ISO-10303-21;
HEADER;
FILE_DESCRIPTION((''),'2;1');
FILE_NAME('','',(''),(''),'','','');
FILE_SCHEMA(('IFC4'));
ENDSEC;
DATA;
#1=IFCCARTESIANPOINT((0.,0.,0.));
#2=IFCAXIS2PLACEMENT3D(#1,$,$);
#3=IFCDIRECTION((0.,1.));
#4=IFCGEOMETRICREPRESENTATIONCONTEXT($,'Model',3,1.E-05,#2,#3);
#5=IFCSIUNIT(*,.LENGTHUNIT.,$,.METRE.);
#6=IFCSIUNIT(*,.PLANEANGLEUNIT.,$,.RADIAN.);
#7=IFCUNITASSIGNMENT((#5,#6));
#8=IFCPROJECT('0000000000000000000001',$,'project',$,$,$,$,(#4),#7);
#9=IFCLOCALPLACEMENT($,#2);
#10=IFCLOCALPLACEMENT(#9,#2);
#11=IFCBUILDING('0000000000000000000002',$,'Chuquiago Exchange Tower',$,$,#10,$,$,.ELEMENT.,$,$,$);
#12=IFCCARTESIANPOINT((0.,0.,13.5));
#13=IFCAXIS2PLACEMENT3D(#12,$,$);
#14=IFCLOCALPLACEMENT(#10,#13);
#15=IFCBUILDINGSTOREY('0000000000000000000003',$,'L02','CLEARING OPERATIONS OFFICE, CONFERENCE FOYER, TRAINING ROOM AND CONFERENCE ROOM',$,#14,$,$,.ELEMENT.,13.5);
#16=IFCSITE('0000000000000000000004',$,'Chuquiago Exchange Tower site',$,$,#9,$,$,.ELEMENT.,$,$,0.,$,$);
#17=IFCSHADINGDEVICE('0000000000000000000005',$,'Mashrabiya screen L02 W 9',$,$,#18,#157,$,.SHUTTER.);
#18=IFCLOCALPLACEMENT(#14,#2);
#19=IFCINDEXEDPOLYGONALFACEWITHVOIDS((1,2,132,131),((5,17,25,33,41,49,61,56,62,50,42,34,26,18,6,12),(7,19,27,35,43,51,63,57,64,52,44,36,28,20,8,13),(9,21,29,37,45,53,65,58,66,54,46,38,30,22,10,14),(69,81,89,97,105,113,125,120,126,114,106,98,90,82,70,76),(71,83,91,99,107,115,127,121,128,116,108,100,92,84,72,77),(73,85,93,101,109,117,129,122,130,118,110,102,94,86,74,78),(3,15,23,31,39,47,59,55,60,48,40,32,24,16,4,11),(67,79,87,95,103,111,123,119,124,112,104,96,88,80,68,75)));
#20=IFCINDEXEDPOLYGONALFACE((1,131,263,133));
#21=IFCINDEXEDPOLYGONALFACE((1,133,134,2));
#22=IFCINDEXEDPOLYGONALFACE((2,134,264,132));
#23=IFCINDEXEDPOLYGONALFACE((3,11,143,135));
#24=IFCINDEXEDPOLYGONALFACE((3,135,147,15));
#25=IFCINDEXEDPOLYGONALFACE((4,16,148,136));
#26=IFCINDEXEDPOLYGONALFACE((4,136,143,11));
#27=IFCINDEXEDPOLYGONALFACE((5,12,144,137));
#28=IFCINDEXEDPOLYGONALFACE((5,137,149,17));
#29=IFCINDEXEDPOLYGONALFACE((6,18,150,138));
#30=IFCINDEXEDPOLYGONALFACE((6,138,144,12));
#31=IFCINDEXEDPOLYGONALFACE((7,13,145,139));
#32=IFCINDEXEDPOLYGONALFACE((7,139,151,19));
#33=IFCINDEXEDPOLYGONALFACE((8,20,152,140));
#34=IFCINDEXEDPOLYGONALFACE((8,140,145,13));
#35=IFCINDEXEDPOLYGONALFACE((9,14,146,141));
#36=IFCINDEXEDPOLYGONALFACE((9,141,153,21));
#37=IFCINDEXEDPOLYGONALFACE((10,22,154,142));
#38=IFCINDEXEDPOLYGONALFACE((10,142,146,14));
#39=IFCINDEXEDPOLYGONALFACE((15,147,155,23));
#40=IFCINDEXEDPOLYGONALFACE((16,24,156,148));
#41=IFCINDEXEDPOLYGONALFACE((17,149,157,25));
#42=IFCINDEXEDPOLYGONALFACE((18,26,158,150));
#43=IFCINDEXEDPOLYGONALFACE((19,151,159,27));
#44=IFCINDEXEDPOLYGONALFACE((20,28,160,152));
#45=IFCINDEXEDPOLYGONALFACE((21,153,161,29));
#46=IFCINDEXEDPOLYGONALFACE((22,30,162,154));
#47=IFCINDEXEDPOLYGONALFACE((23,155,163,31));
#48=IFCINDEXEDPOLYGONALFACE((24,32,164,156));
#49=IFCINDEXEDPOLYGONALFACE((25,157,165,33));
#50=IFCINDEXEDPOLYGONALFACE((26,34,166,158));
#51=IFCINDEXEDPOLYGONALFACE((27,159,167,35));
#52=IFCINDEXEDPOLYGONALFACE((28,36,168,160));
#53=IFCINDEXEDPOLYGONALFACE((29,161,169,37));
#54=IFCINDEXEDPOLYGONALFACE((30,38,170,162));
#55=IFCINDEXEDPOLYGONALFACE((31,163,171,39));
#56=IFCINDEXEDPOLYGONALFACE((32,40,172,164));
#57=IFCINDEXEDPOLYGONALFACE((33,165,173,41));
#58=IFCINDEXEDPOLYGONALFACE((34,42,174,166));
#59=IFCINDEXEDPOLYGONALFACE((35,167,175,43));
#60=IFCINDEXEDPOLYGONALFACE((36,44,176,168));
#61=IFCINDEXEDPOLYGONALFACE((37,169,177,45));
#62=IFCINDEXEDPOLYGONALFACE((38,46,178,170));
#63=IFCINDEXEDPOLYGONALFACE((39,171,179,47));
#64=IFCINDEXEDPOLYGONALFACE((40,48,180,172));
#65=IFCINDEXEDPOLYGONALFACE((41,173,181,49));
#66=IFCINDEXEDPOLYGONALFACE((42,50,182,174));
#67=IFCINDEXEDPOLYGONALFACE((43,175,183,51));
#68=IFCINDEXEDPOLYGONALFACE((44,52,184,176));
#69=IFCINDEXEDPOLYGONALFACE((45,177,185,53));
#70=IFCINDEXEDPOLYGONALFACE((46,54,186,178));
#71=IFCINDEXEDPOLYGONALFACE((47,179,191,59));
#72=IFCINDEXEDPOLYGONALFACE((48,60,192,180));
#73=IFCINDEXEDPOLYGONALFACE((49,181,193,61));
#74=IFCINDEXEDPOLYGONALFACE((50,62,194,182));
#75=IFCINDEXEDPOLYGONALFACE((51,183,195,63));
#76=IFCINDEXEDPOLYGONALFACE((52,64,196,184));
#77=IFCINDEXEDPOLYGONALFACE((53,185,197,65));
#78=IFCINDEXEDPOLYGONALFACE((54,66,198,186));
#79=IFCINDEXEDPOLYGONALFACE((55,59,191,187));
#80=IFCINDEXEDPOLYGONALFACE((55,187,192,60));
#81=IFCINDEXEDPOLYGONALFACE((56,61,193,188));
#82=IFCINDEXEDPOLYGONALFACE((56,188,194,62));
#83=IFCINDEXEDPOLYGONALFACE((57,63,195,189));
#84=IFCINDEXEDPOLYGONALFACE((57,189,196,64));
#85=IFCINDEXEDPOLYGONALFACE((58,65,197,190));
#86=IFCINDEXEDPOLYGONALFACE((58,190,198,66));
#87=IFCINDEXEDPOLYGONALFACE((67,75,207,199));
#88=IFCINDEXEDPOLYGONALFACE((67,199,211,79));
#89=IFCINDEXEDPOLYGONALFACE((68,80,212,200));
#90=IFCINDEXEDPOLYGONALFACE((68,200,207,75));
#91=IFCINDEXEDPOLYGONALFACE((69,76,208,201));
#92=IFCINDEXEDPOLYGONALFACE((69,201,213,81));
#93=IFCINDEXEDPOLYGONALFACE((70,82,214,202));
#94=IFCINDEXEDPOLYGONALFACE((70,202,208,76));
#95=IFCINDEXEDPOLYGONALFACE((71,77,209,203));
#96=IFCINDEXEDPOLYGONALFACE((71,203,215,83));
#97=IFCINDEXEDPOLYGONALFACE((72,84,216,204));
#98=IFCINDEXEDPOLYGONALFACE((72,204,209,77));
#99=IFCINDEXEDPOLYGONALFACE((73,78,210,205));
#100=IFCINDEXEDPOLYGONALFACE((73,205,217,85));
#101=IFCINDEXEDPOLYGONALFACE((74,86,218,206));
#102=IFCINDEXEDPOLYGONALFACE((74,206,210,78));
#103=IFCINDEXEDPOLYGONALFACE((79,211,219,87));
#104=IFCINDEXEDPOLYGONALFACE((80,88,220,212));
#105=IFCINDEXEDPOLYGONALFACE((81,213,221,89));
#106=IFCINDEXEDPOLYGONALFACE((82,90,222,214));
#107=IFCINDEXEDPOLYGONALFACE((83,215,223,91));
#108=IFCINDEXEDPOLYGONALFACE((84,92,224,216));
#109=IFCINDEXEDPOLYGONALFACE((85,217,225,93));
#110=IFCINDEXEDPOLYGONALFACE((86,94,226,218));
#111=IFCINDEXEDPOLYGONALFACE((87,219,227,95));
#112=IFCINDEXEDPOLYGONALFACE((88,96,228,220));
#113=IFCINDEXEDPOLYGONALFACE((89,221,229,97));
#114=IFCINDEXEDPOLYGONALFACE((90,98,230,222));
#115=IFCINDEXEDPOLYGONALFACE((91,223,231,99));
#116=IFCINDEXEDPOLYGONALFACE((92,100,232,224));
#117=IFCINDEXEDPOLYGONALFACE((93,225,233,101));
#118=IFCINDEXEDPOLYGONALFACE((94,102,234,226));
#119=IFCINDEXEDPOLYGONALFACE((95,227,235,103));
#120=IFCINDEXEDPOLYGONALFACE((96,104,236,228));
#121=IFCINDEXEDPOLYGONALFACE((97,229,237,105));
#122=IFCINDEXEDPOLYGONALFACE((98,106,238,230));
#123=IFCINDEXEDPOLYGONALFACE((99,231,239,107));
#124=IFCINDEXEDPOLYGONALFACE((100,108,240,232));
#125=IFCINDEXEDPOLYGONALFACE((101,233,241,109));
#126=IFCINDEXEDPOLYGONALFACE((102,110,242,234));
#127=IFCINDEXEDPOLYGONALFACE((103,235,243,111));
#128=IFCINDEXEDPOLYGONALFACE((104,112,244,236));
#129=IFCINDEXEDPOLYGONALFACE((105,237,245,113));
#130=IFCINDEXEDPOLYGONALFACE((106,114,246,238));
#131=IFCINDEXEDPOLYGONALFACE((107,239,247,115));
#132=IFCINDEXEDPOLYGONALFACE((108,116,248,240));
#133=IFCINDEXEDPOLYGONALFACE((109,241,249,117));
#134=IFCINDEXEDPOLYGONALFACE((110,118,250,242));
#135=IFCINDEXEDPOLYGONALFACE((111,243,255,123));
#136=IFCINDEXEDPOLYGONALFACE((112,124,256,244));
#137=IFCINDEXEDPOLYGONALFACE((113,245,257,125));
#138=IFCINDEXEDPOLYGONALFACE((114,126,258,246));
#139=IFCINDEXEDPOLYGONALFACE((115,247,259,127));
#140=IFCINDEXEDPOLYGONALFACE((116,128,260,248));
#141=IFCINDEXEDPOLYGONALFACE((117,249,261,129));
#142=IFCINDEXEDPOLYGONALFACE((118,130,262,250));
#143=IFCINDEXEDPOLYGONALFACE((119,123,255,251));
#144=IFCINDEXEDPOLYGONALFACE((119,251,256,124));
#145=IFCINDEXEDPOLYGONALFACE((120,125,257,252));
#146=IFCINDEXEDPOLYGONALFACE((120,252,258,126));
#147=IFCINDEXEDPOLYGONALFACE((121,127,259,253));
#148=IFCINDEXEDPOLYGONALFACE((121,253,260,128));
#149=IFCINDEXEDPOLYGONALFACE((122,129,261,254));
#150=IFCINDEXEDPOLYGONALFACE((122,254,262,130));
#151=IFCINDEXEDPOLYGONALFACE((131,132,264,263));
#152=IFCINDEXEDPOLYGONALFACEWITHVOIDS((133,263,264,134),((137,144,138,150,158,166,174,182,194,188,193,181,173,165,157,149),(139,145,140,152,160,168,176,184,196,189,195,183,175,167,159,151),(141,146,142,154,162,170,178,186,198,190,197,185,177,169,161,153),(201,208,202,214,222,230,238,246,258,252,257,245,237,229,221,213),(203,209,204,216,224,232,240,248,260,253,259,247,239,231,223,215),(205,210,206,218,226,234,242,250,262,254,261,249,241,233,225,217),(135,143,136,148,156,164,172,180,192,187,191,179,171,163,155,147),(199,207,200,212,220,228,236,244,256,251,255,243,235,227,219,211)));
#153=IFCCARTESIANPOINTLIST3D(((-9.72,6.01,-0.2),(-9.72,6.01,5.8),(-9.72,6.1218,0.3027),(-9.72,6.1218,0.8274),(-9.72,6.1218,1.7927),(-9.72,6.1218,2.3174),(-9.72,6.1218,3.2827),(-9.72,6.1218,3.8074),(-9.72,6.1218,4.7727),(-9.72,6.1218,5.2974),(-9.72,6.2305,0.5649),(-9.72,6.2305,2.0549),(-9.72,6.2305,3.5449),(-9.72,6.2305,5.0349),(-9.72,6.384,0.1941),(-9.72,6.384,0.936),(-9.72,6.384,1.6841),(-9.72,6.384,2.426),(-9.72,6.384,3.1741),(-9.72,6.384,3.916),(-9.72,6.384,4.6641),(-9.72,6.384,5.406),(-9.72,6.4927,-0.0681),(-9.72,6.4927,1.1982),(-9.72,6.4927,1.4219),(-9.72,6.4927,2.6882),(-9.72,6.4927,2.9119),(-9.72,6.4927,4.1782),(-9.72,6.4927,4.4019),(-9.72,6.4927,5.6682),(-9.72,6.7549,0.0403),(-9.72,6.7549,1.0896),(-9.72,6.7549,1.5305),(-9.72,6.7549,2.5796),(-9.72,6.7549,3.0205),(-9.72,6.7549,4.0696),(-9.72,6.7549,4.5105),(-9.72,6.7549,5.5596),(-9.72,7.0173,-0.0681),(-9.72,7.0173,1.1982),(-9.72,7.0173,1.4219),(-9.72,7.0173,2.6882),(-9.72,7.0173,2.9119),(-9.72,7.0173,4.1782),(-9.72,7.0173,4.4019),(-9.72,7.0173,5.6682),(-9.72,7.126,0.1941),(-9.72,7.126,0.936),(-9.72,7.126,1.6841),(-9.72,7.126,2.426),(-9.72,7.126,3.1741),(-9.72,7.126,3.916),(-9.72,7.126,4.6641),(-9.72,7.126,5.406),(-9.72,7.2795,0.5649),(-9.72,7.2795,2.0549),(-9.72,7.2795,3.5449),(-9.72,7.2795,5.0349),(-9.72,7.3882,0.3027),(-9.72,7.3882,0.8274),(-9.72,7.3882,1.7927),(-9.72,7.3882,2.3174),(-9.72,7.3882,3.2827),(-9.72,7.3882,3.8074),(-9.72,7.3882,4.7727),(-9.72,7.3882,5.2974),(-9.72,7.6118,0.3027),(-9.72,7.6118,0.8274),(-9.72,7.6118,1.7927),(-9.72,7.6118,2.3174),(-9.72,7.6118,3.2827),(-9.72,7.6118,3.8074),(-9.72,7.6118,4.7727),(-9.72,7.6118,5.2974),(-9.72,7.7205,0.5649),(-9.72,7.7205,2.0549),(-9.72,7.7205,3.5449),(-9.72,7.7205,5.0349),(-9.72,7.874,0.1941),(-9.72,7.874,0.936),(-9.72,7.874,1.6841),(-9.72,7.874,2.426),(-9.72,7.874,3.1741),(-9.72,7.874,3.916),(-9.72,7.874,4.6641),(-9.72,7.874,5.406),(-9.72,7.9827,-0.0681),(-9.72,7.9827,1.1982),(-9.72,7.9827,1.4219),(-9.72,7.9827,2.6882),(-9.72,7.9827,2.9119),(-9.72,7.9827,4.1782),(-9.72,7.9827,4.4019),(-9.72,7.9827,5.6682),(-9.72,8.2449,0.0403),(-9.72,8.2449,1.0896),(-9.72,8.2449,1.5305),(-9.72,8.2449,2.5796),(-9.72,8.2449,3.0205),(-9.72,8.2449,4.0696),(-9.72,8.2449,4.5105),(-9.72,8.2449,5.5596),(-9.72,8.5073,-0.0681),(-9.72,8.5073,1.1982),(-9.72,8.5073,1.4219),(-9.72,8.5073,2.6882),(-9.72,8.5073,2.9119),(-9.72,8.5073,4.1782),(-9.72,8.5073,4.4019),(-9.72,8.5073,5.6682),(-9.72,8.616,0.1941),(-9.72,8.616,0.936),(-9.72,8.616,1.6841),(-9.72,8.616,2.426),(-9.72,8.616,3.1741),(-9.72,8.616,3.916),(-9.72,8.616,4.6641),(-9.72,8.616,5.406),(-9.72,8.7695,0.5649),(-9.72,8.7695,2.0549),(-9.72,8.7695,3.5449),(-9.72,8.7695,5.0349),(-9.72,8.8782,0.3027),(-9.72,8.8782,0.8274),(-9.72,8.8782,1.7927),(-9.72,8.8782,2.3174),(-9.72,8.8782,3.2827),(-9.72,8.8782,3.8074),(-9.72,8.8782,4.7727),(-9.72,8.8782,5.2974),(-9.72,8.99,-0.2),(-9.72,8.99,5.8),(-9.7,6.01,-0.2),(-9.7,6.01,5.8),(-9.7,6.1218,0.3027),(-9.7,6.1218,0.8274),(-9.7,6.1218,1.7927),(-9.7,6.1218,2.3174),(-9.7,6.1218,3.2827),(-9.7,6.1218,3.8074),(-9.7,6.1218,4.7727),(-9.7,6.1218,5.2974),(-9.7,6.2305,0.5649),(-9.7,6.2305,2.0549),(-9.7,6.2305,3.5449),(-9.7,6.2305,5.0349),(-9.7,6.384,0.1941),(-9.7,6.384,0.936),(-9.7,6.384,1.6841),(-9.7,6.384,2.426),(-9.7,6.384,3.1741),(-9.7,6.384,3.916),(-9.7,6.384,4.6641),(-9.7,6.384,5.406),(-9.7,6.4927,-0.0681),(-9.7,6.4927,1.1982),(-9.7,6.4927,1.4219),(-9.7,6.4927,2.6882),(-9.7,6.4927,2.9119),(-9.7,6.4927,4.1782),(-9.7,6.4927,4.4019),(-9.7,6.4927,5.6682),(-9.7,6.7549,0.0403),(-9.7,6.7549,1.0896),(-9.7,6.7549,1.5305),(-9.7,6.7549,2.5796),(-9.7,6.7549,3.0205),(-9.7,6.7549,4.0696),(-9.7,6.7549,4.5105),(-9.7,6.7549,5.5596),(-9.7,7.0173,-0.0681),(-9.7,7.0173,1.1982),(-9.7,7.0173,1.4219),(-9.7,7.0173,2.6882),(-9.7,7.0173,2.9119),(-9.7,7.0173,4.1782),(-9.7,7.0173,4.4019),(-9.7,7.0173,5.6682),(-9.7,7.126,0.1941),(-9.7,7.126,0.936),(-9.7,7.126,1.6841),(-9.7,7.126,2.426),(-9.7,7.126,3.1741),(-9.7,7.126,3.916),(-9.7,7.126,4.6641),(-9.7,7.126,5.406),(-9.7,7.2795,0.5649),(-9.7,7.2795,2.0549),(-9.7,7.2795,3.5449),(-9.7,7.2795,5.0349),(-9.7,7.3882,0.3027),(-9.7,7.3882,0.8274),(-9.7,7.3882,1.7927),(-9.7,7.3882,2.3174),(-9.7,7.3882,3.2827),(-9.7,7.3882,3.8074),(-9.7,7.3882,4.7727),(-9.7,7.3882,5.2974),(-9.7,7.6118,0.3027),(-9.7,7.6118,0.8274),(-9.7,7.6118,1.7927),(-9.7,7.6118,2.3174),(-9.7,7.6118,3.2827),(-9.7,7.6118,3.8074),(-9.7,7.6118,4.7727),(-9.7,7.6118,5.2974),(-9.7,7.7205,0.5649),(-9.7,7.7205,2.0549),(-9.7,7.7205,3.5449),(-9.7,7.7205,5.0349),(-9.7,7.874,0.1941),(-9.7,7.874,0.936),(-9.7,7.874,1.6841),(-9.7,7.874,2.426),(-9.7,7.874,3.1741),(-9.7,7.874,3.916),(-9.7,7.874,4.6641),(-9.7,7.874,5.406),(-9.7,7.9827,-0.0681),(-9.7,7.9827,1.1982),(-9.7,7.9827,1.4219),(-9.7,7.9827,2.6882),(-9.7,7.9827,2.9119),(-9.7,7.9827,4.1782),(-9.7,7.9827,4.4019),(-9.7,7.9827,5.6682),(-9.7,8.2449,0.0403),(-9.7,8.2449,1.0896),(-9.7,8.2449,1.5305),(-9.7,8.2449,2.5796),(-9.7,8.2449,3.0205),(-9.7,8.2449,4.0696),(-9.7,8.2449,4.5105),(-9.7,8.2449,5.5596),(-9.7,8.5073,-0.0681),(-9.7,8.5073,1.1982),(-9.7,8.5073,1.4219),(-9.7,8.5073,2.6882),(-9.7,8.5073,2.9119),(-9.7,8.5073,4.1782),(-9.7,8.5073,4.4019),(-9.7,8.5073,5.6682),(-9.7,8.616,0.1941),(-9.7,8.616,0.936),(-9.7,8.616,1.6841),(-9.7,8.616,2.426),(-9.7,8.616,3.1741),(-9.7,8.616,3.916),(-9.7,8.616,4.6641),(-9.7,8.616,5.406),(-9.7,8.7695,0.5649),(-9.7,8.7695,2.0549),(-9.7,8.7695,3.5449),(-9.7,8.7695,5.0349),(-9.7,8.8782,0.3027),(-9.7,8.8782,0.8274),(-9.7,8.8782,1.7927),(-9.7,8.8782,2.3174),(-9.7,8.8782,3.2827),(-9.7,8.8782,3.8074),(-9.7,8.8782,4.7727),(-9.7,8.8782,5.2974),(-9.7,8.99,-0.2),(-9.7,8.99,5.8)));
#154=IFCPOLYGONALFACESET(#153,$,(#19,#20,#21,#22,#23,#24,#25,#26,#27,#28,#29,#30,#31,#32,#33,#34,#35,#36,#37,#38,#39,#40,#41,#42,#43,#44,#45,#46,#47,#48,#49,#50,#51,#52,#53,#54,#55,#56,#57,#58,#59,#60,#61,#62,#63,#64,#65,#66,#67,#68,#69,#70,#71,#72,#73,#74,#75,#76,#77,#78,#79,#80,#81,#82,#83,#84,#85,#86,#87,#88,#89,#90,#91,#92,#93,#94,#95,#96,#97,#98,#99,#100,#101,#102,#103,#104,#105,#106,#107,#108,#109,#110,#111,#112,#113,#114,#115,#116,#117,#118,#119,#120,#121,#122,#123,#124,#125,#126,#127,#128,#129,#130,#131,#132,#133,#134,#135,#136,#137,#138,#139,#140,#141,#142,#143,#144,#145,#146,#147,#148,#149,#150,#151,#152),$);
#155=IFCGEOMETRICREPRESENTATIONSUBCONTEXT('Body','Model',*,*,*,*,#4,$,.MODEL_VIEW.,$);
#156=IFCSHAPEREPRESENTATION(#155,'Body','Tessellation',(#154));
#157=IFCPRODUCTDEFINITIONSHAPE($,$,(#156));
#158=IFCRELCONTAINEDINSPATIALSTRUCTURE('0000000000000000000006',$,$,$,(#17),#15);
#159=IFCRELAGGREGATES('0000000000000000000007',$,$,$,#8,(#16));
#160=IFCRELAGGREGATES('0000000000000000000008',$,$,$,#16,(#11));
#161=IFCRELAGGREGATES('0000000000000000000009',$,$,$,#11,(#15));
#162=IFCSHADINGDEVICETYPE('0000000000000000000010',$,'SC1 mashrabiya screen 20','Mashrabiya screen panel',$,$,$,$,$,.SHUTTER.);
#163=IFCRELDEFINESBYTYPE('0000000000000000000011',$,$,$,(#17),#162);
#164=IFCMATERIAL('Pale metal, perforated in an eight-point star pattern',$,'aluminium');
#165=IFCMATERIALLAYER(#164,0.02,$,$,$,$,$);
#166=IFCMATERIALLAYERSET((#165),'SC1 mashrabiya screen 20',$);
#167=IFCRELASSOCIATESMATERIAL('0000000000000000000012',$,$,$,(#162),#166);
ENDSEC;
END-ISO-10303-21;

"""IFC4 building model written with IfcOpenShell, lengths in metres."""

from ifc_helpers import new_model, si_unit, direction, frame, origin, place, context, subcontext, project, spatial, polyline, outline, extrude, material, layer, layer_set, type_object, element, save


model = new_model("IFC4")

# Units and contexts
model_context = context("Model", 3, precision=1e-05, world=origin(), true_north=direction((0.0, 1.0)))
body_context = subcontext(model_context, "Body", "Model", "MODEL_VIEW")
ifc_project = project(units=[si_unit("LENGTHUNIT", "METRE"), si_unit("PLANEANGLEUNIT", "RADIAN")], contexts=[model_context])

# Site, building, storey
site_placement = place(None, origin())
site = spatial("IfcSite", under=ifc_project, at=site_placement, Name="Chuquiago Exchange Tower site", CompositionType="ELEMENT", RefElevation=0.0)
building_placement = place(site_placement, origin())
building = spatial("IfcBuilding", under=site, at=building_placement, Name="Chuquiago Exchange Tower", CompositionType="ELEMENT")
storey_placement = place(building_placement, frame((0.0, 0.0, 13.5)))
storey = spatial("IfcBuildingStorey", under=building, at=storey_placement, Name="L02", Description="CLEARING OPERATIONS OFFICE, CONFERENCE FOYER, TRAINING ROOM AND CONFERENCE ROOM", CompositionType="ELEMENT", Elevation=13.5)

# Shading device
ifc_material_1 = material(Name="Pale metal, perforated in an eight-point star pattern", Category="aluminium")
ifc_layer_1 = layer(ifc_material_1, 0.02)
ifc_layer_set_1 = layer_set([ifc_layer_1], Name="SC1 mashrabiya screen 20")
shading_device_type = type_object("IfcShadingDeviceType", Name="SC1 mashrabiya screen 20", Description="Mashrabiya screen panel", PredefinedType="SHUTTER", material=ifc_layer_set_1)
shading_device_1_placement = place(storey_placement, frame((-9.7, 8.99, -0.2), z_axis=(0.0, 0.0, 1.0), x_axis=(0.0, -1.0, 0.0)))
element("IfcShadingDevice", 1, at=shading_device_1_placement, inside=storey, type_object=shading_device_type, Name="Mashrabiya screen L02 W 9", PredefinedType="SHUTTER", context=body_context, shape_type="SweptSolid", body=[
    extrude(outline(polyline([(0.0, 0.0), (2.98, 0.0), (2.98, 6.0), (0.0, 6.0), (0.0, 0.0)]), holes=[polyline([(1.2695, 0.7649), (1.3782, 1.0273), (1.116, 1.136), (1.0073, 1.3982), (0.7451, 1.2896), (0.4827, 1.3982), (0.374, 1.136), (0.1118, 1.0273), (0.2205, 0.7649), (0.1118, 0.5027), (0.374, 0.394), (0.4827, 0.1318), (0.7451, 0.2402), (1.0073, 0.1318), (1.116, 0.394), (1.3782, 0.5027), (1.2695, 0.7649)]), polyline([(2.7595, 0.7649), (2.8682, 1.0273), (2.606, 1.136), (2.4973, 1.3982), (2.2351, 1.2896), (1.9727, 1.3982), (1.864, 1.136), (1.6018, 1.0273), (1.7104, 0.7649), (1.6018, 0.5027), (1.864, 0.394), (1.9727, 0.1318), (2.2351, 0.2402), (2.4973, 0.1318), (2.606, 0.394), (2.8682, 0.5027), (2.7595, 0.7649)]), polyline([(1.2695, 2.2549), (1.3782, 2.5173), (1.116, 2.626), (1.0073, 2.8882), (0.7451, 2.7795), (0.4827, 2.8882), (0.374, 2.626), (0.1118, 2.5173), (0.2205, 2.2549), (0.1118, 1.9927), (0.374, 1.884), (0.4827, 1.6218), (0.7451, 1.7305), (1.0073, 1.6218), (1.116, 1.884), (1.3782, 1.9927), (1.2695, 2.2549)]), polyline([(2.7595, 2.2549), (2.8682, 2.5173), (2.606, 2.626), (2.4973, 2.8882), (2.2351, 2.7795), (1.9727, 2.8882), (1.864, 2.626), (1.6018, 2.5173), (1.7104, 2.2549), (1.6018, 1.9927), (1.864, 1.884), (1.9727, 1.6218), (2.2351, 1.7305), (2.4973, 1.6218), (2.606, 1.884), (2.8682, 1.9927), (2.7595, 2.2549)]), polyline([(1.2695, 3.7449), (1.3782, 4.0073), (1.116, 4.116), (1.0073, 4.3782), (0.7451, 4.2695), (0.4827, 4.3782), (0.374, 4.116), (0.1118, 4.0073), (0.2205, 3.7449), (0.1118, 3.4827), (0.374, 3.374), (0.4827, 3.1118), (0.7451, 3.2205), (1.0073, 3.1118), (1.116, 3.374), (1.3782, 3.4827), (1.2695, 3.7449)]), polyline([(2.7595, 3.7449), (2.8682, 4.0073), (2.606, 4.116), (2.4973, 4.3782), (2.2351, 4.2695), (1.9727, 4.3782), (1.864, 4.116), (1.6018, 4.0073), (1.7104, 3.7449), (1.6018, 3.4827), (1.864, 3.374), (1.9727, 3.1118), (2.2351, 3.2205), (2.4973, 3.1118), (2.606, 3.374), (2.8682, 3.4827), (2.7595, 3.7449)]), polyline([(1.2695, 5.2349), (1.3782, 5.4973), (1.116, 5.606), (1.0073, 5.8682), (0.7451, 5.7595), (0.4827, 5.8682), (0.374, 5.606), (0.1118, 5.4973), (0.2205, 5.2349), (0.1118, 4.9727), (0.374, 4.864), (0.4827, 4.6018), (0.7451, 4.7104), (1.0073, 4.6018), (1.116, 4.864), (1.3782, 4.9727), (1.2695, 5.2349)]), polyline([(2.7595, 5.2349), (2.8682, 5.4973), (2.606, 5.606), (2.4973, 5.8682), (2.2351, 5.7595), (1.9727, 5.8682), (1.864, 5.606), (1.6018, 5.4973), (1.7104, 5.2349), (1.6018, 4.9727), (1.864, 4.864), (1.9727, 4.6018), (2.2351, 4.7104), (2.4973, 4.6018), (2.606, 4.864), (2.8682, 4.9727), (2.7595, 5.2349)])]), frame((0.0, 0.0, 0.0), z_axis=(0.0, -1.0, 0.0), x_axis=(1.0, 0.0, 0.0)), (0.0, 0.0, 1.0), 0.02),
])

save(model, "model.ifc")
